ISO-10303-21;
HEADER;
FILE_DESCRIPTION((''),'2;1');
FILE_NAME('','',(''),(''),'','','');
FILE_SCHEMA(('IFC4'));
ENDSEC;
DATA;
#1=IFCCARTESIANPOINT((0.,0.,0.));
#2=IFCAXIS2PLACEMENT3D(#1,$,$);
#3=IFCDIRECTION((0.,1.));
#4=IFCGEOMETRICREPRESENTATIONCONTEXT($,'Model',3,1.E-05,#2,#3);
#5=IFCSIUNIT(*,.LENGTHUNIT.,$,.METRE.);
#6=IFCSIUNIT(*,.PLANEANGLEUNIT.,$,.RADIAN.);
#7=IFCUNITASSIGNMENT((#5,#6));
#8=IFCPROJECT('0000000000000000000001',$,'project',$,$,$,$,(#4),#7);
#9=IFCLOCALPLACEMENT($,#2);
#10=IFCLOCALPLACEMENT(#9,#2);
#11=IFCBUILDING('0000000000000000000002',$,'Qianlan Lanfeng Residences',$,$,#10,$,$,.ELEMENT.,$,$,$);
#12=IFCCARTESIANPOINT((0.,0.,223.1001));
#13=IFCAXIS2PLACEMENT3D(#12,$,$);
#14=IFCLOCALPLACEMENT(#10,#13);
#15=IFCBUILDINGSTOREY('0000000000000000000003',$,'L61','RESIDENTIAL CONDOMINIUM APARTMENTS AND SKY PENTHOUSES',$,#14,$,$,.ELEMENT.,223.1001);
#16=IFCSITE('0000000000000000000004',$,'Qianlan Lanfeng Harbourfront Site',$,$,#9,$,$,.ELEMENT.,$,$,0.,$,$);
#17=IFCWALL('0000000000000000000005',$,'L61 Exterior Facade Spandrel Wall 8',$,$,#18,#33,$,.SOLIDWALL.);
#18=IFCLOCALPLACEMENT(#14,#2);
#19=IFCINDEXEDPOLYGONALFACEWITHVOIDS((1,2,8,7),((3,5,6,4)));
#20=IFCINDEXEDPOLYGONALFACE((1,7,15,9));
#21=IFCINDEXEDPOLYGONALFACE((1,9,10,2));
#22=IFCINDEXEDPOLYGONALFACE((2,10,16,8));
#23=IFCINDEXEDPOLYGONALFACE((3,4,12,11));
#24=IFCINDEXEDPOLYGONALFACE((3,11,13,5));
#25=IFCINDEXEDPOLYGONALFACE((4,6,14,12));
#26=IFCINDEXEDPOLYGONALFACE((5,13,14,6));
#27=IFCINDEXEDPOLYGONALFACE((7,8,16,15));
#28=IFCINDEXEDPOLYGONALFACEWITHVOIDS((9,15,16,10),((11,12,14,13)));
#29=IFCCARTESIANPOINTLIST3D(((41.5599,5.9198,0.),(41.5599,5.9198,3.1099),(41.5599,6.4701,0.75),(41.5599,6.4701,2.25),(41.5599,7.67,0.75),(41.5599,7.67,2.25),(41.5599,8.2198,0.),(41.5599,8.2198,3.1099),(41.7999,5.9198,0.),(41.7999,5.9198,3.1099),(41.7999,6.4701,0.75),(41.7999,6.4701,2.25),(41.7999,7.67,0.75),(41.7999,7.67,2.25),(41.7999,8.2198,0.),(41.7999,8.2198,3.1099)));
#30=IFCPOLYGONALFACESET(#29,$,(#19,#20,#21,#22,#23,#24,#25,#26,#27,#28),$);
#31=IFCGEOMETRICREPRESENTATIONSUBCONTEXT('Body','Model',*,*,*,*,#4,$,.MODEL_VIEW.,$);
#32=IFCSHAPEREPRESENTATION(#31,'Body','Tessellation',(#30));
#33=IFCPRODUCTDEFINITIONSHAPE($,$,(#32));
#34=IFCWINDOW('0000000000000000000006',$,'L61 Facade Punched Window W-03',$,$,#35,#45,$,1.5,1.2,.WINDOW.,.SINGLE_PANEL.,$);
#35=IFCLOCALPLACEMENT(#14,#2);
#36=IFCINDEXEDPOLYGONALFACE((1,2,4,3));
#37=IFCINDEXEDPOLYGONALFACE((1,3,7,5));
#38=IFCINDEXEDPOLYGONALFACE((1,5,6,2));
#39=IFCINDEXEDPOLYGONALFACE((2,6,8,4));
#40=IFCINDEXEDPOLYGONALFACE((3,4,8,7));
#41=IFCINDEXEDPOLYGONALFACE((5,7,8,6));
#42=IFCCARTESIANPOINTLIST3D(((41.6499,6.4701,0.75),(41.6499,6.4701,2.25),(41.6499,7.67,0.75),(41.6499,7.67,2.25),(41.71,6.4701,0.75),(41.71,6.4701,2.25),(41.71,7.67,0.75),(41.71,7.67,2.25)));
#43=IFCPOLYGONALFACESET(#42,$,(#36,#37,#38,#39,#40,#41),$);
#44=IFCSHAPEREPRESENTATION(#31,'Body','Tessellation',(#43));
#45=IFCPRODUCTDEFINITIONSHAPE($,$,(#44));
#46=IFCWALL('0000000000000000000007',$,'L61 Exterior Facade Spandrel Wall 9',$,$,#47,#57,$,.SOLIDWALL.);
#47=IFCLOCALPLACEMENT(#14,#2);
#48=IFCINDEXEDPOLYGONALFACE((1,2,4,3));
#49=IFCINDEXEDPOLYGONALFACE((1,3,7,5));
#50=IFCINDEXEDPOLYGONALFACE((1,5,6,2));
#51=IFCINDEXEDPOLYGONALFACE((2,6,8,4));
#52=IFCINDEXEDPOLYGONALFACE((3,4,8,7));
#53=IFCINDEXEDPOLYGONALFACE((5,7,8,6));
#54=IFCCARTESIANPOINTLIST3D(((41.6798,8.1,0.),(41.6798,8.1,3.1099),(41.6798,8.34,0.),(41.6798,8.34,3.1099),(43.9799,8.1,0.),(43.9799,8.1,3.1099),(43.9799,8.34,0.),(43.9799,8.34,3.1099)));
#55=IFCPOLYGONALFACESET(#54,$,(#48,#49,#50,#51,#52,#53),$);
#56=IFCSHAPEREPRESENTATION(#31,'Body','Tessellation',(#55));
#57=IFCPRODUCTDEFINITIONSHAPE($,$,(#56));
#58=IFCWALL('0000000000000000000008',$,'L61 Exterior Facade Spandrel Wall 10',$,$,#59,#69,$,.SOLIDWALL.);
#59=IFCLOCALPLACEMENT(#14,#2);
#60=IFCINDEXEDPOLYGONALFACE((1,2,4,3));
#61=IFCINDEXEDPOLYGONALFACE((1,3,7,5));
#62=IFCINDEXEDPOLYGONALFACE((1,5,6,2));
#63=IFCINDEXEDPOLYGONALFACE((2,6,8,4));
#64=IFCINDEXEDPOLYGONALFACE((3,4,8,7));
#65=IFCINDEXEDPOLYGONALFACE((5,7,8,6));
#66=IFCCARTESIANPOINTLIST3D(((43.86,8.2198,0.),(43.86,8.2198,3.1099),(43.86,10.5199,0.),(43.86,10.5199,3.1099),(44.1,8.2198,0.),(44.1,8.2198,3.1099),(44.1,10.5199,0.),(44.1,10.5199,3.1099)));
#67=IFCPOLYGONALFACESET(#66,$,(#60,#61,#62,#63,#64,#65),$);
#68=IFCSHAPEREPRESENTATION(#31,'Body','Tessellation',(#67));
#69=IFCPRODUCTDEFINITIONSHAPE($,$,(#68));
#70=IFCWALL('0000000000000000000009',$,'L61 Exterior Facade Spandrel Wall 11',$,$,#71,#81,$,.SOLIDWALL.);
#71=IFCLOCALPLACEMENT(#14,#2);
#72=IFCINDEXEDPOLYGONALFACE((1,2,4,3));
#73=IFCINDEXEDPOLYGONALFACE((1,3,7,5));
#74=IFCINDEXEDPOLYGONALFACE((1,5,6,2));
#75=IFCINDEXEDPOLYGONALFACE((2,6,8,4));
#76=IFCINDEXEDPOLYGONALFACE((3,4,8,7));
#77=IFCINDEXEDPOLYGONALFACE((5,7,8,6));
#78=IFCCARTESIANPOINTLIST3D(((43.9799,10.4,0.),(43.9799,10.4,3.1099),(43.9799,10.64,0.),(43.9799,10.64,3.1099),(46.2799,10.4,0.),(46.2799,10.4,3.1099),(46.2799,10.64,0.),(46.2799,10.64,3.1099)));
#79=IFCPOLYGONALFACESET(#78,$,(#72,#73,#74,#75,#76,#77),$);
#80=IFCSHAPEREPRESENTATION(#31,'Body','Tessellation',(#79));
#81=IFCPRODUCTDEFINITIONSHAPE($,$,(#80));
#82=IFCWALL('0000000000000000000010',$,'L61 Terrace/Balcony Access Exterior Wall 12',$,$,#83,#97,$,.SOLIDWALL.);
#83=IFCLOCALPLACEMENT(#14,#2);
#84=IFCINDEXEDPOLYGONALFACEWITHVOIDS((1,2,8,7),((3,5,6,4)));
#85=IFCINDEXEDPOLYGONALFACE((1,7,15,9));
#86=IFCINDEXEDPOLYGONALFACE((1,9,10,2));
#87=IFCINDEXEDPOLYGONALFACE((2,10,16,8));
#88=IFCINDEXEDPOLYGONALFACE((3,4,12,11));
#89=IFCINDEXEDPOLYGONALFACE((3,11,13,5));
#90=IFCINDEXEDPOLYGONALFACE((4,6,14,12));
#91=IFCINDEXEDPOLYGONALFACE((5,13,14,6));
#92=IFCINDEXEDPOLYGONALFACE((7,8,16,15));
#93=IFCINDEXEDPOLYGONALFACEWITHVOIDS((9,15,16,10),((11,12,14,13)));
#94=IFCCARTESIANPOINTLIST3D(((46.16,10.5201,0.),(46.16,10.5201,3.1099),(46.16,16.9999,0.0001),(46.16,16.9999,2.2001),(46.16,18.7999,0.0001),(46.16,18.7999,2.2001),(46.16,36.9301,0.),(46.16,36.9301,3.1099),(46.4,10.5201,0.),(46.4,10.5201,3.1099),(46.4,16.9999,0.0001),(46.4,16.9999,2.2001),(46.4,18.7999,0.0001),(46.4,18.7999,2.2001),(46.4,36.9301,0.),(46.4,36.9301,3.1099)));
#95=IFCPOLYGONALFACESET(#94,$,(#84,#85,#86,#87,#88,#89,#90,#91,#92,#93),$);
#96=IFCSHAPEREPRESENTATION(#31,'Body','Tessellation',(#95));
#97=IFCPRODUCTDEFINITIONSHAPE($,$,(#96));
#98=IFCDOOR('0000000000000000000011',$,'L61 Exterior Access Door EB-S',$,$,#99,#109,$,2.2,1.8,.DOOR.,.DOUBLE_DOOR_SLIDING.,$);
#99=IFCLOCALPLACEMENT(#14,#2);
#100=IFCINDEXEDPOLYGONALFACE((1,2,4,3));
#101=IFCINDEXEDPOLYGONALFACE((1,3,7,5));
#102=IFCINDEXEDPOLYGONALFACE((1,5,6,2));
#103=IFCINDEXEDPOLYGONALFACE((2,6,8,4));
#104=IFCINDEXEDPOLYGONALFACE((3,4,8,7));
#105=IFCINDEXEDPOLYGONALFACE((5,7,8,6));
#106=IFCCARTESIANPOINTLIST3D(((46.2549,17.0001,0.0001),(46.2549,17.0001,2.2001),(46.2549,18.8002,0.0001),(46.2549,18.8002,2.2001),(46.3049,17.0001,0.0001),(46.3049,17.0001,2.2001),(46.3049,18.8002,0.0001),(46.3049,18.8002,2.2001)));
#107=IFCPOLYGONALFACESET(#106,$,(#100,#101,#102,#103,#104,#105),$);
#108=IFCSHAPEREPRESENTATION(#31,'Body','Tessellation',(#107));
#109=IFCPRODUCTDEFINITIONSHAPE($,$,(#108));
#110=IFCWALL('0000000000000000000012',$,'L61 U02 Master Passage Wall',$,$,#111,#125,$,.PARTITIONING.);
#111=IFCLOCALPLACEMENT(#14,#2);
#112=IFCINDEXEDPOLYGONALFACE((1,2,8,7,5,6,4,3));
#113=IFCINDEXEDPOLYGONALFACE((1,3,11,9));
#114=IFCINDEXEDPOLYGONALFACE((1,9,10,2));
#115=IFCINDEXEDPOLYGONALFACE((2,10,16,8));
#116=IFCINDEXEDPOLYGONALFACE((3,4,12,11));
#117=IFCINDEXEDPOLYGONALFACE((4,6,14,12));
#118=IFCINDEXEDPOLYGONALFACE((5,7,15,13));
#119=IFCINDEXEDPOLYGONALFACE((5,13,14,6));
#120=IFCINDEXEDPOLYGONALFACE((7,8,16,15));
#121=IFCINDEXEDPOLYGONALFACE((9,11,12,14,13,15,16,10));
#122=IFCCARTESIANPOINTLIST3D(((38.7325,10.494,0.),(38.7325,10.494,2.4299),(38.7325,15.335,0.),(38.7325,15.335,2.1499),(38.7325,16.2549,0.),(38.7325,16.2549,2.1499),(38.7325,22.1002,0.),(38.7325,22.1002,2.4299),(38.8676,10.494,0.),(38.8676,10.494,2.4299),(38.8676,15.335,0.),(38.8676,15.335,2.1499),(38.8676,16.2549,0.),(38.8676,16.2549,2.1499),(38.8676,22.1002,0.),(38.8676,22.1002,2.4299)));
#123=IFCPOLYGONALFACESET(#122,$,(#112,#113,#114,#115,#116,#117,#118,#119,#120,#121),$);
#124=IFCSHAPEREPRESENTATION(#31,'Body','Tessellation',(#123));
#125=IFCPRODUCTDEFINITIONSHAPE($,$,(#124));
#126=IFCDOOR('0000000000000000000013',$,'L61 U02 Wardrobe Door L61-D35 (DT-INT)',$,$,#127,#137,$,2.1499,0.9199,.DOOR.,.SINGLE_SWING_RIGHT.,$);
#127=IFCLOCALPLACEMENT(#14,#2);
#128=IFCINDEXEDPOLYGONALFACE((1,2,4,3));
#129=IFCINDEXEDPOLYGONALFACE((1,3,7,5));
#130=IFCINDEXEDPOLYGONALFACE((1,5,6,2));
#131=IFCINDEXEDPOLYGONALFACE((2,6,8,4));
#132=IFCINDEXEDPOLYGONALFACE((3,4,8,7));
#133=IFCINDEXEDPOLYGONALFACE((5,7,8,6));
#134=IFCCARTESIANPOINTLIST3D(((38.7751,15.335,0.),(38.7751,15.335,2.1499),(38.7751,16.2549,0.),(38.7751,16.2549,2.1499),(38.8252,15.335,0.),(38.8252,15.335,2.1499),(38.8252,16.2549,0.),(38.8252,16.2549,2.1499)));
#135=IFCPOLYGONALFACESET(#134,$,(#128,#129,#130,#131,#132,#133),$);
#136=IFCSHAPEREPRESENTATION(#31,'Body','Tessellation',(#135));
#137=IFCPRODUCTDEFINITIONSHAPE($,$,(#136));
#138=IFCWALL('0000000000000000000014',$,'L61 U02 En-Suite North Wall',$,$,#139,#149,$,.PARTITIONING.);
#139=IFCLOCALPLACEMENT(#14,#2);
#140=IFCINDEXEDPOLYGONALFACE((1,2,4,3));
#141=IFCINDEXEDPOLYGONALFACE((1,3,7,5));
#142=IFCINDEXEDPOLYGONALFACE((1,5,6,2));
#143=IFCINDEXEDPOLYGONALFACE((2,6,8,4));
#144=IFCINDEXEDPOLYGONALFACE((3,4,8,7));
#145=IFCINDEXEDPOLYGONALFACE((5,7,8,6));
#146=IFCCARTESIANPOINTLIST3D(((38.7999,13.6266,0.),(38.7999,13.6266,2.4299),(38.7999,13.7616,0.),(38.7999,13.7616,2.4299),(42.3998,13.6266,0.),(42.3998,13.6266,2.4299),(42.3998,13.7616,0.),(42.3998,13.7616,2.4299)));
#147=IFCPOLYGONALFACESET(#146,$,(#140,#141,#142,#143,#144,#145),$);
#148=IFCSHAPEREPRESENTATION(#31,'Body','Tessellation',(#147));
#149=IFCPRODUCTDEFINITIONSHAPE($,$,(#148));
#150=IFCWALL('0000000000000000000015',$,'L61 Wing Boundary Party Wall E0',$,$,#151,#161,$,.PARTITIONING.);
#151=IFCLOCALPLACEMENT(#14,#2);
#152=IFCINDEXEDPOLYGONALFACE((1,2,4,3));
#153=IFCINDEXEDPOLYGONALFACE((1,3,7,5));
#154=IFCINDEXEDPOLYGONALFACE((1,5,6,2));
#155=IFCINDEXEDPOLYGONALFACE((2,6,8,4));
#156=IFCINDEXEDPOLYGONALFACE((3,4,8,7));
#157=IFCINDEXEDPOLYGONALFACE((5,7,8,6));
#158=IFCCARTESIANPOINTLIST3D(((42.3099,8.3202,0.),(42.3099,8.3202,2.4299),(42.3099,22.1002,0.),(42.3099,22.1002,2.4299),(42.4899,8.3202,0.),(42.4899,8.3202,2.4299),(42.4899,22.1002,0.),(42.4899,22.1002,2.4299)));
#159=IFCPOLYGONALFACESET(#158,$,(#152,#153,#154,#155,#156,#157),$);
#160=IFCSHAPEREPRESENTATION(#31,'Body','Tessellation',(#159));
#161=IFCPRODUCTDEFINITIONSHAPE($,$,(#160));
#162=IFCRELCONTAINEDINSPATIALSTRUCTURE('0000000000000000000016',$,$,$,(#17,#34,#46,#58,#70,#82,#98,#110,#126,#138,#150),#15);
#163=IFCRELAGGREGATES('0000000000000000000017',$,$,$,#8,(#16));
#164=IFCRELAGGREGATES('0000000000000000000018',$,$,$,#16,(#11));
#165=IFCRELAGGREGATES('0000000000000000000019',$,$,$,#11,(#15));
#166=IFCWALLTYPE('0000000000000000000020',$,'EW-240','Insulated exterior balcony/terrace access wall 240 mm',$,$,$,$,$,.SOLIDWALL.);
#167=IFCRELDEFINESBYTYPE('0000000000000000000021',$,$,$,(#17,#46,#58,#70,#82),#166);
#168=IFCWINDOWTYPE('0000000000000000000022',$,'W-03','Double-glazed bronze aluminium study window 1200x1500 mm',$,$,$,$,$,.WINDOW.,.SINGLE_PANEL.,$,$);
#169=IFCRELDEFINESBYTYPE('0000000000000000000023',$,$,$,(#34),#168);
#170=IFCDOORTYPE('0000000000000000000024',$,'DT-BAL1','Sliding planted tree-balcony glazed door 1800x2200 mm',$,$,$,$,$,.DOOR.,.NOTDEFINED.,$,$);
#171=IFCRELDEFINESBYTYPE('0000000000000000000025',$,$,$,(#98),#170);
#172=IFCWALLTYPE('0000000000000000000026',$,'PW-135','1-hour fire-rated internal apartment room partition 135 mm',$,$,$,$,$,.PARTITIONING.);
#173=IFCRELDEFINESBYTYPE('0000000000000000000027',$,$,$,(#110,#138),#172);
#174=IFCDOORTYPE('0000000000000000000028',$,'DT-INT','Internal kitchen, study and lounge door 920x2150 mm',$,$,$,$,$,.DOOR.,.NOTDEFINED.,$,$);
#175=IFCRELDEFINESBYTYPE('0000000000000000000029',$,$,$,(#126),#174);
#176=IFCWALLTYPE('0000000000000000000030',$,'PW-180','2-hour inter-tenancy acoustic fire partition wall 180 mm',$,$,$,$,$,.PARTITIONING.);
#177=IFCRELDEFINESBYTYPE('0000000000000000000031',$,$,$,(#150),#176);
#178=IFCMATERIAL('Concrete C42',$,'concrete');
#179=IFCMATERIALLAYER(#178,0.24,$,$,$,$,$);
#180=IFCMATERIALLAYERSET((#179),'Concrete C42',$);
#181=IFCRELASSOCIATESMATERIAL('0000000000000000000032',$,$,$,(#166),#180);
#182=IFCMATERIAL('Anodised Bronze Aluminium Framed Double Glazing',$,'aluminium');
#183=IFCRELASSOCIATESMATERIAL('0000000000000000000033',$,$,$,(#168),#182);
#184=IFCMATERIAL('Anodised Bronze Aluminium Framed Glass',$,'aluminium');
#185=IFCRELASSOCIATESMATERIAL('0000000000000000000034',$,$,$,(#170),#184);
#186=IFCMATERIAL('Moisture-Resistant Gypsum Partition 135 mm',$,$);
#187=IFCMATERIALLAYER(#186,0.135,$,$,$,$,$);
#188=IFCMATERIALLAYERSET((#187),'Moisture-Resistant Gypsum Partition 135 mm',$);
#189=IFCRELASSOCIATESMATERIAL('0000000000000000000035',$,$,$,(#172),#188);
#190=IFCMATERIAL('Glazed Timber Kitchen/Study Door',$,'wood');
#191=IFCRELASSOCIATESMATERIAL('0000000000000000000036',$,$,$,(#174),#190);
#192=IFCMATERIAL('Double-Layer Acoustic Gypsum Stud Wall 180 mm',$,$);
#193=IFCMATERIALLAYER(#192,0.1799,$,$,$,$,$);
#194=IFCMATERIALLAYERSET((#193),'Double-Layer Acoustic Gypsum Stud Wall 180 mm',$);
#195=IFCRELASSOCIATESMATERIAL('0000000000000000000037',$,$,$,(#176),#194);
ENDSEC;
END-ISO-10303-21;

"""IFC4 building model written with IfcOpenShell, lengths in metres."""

from ifc_helpers import new_model, si_unit, direction, frame, frame_2d, origin, place, context, subcontext, project, spatial, rectangle, extrude, material, layer, layer_set, type_object, element, fill, save


model = new_model("IFC4")

# Units and contexts
model_context = context("Model", 3, precision=1e-05, world=origin(), true_north=direction((0.0, 1.0)))
body_context = subcontext(model_context, "Body", "Model", "MODEL_VIEW")
ifc_project = project(units=[si_unit("LENGTHUNIT", "METRE"), si_unit("PLANEANGLEUNIT", "RADIAN")], contexts=[model_context])

# Site, building, storey
site_placement = place(None, origin())
site = spatial("IfcSite", under=ifc_project, at=site_placement, Name="Qianlan Lanfeng Harbourfront Site", CompositionType="ELEMENT", RefElevation=0.0)
building_placement = place(site_placement, origin())
building = spatial("IfcBuilding", under=site, at=building_placement, Name="Qianlan Lanfeng Residences", CompositionType="ELEMENT")
storey_placement = place(building_placement, frame((0.0, 0.0, 223.1001)))
storey = spatial("IfcBuildingStorey", under=building, at=storey_placement, Name="L61", Description="RESIDENTIAL CONDOMINIUM APARTMENTS AND SKY PENTHOUSES", CompositionType="ELEMENT", Elevation=223.1001)

# Wall, opening, window
ifc_material_1 = material(Name="Concrete C42", Category="concrete")
ifc_layer_1 = layer(ifc_material_1, 0.24)
ifc_layer_set_1 = layer_set([ifc_layer_1], Name="Concrete C42")
wall_type_1 = type_object("IfcWallType", Name="EW-240", Description="Insulated exterior balcony/terrace access wall 240 mm", PredefinedType="SOLIDWALL", material=ifc_layer_set_1)
wall_1_placement = place(storey_placement, frame((41.6799, 5.9199, 0.0), z_axis=(0.0, 0.0, 1.0), x_axis=(0.0, 1.0, 0.0)))
wall_1 = element("IfcWall", 1, at=wall_1_placement, inside=storey, type_object=wall_type_1, Name="L61 Exterior Facade Spandrel Wall 8", PredefinedType="SOLIDWALL", context=body_context, shape_type="SweptSolid", body=[
    extrude(rectangle(XDim=2.3, YDim=0.24, at=frame_2d((1.1499, 0.0))), origin(), (0.0, 0.0, 1.0), 3.1099),
])
opening_1_placement = place(wall_1_placement, frame((0.55, 0.0, 0.75)))
opening_1 = element("IfcOpeningElement", 2, at=opening_1_placement, cuts=wall_1, PredefinedType="OPENING", context=body_context, shape_type="SweptSolid", body=[
    extrude(rectangle(XDim=1.2, YDim=1.5, at=frame_2d((0.6001, 0.75))), frame((0.0, 0.1299, 0.0), z_axis=(0.0, -1.0, 0.0), x_axis=(1.0, 0.0, 0.0)), (0.0, 0.0, 1.0), 0.26),
])
ifc_material_2 = material(Name="Anodised Bronze Aluminium Framed Double Glazing", Category="aluminium")
window_type = type_object("IfcWindowType", Name="W-03", Description="Double-glazed bronze aluminium study window 1200x1500 mm", PartitioningType="SINGLE_PANEL", PredefinedType="WINDOW", material=ifc_material_2)
window_placement = place(opening_1_placement, origin())
window = element("IfcWindow", 3, at=window_placement, inside=storey, type_object=window_type, Name="L61 Facade Punched Window W-03", OverallHeight=1.5, OverallWidth=1.2, PartitioningType="SINGLE_PANEL", PredefinedType="WINDOW", context=body_context, shape_type="SweptSolid", body=[
    extrude(rectangle(XDim=1.2, YDim=1.5, at=frame_2d((0.6001, 0.75))), frame((0.0, 0.03, 0.0), z_axis=(0.0, -1.0, 0.0), x_axis=(1.0, 0.0, 0.0)), (0.0, 0.0, 1.0), 0.0601),
])
fill(opening_1, window)

# Walls
for number, where, z_axis, x_axis, name in (
    (4, (41.6799, 8.22, 0.0), (0.0, 0.0, 1.0), (1.0, 0.0, 0.0), "L61 Exterior Facade Spandrel Wall 9"),
    (5, (43.98, 8.22, 0.0), (0.0, 0.0, 1.0), (0.0, 1.0, 0.0), "L61 Exterior Facade Spandrel Wall 10"),
    (6, (43.98, 10.52, 0.0), (0.0, 0.0, 1.0), (1.0, 0.0, 0.0), "L61 Exterior Facade Spandrel Wall 11"),
):
    element("IfcWall", number, at=place(storey_placement, frame(where, z_axis=z_axis, x_axis=x_axis)), inside=storey, type_object=wall_type_1, Name=name, PredefinedType="SOLIDWALL", context=body_context, shape_type="SweptSolid", body=[
        extrude(rectangle(XDim=2.3, YDim=0.24, at=frame_2d((1.1499, 0.0))), origin(), (0.0, 0.0, 1.0), 3.1099),
    ])

# Walls, openings, doors
wall_2_placement = place(storey_placement, frame((46.28, 10.52, 0.0), z_axis=(0.0, 0.0, 1.0), x_axis=(0.0, 1.0, 0.0)))
wall_2 = element("IfcWall", 7, at=wall_2_placement, inside=storey, type_object=wall_type_1, Name="L61 Terrace/Balcony Access Exterior Wall 12", PredefinedType="SOLIDWALL", context=body_context, shape_type="SweptSolid", body=[
    extrude(rectangle(XDim=26.4099, YDim=0.24, at=frame_2d((13.2051, 0.0))), origin(), (0.0, 0.0, 1.0), 3.1099),
])
opening_2_placement = place(wall_2_placement, frame((6.48, 0.0, 0.0)))
opening_2 = element("IfcOpeningElement", 8, at=opening_2_placement, cuts=wall_2, PredefinedType="OPENING", context=body_context, shape_type="SweptSolid", body=[
    extrude(rectangle(XDim=1.8, YDim=2.2, at=frame_2d((0.8999, 1.1001))), frame((0.0, 0.1299, 0.0), z_axis=(0.0, -1.0, 0.0), x_axis=(1.0, 0.0, 0.0)), (0.0, 0.0, 1.0), 0.26),
])
ifc_material_3 = material(Name="Anodised Bronze Aluminium Framed Glass", Category="aluminium")
door_type_1 = type_object("IfcDoorType", Name="DT-BAL1", Description="Sliding planted tree-balcony glazed door 1800x2200 mm", OperationType="NOTDEFINED", PredefinedType="DOOR", material=ifc_material_3)
door_1_placement = place(opening_2_placement, frame((1.8, 0.0, 0.0), z_axis=(0.0, 0.0, 1.0), x_axis=(-1.0, 0.0, 0.0)))
door_1 = element("IfcDoor", 9, at=door_1_placement, inside=storey, type_object=door_type_1, Name="L61 Exterior Access Door EB-S", OperationType="DOUBLE_DOOR_SLIDING", OverallHeight=2.2, OverallWidth=1.8, PredefinedType="DOOR", context=body_context, shape_type="SweptSolid", body=[
    extrude(rectangle(XDim=1.8, YDim=2.2, at=frame_2d((0.8999, 1.1001))), frame((0.0, 0.0249, 0.0), z_axis=(0.0, -1.0, 0.0), x_axis=(1.0, 0.0, 0.0)), (0.0, 0.0, 1.0), 0.05),
])
fill(opening_2, door_1)
ifc_material_4 = material(Name="Moisture-Resistant Gypsum Partition 135 mm")
ifc_layer_2 = layer(ifc_material_4, 0.135)
ifc_layer_set_2 = layer_set([ifc_layer_2], Name="Moisture-Resistant Gypsum Partition 135 mm")
wall_type_2 = type_object("IfcWallType", Name="PW-135", Description="1-hour fire-rated internal apartment room partition 135 mm", PredefinedType="PARTITIONING", material=ifc_layer_set_2)
wall_3_placement = place(storey_placement, frame((38.8, 10.4939, 0.0), z_axis=(0.0, 0.0, 1.0), x_axis=(0.0, 1.0, 0.0)))
wall_3 = element("IfcWall", 10, at=wall_3_placement, inside=storey, type_object=wall_type_2, Name="L61 U02 Master Passage Wall", PredefinedType="PARTITIONING", context=body_context, shape_type="SweptSolid", body=[
    extrude(rectangle(XDim=11.6062, YDim=0.135, at=frame_2d((5.8032, 0.0))), origin(), (0.0, 0.0, 1.0), 2.4299),
])
opening_3_placement = place(wall_3_placement, frame((4.8411, 0.0, 0.0)))
opening_3 = element("IfcOpeningElement", 11, at=opening_3_placement, cuts=wall_3, PredefinedType="OPENING", context=body_context, shape_type="SweptSolid", body=[
    extrude(rectangle(XDim=0.9199, YDim=2.1499, at=frame_2d((0.46, 1.075))), frame((0.0, 0.0776, 0.0), z_axis=(0.0, -1.0, 0.0), x_axis=(1.0, 0.0, 0.0)), (0.0, 0.0, 1.0), 0.155),
])
ifc_material_5 = material(Name="Glazed Timber Kitchen/Study Door", Category="wood")
door_type_2 = type_object("IfcDoorType", Name="DT-INT", Description="Internal kitchen, study and lounge door 920x2150 mm", OperationType="NOTDEFINED", PredefinedType="DOOR", material=ifc_material_5)
door_2_placement = place(opening_3_placement, origin())
door_2 = element("IfcDoor", 12, at=door_2_placement, inside=storey, type_object=door_type_2, Name="L61 U02 Wardrobe Door L61-D35 (DT-INT)", OperationType="SINGLE_SWING_RIGHT", OverallHeight=2.1499, OverallWidth=0.9199, PredefinedType="DOOR", context=body_context, shape_type="SweptSolid", body=[
    extrude(rectangle(XDim=0.9199, YDim=2.1499, at=frame_2d((0.46, 1.075))), frame((0.0, 0.0249, 0.0), z_axis=(0.0, -1.0, 0.0), x_axis=(1.0, 0.0, 0.0)), (0.0, 0.0, 1.0), 0.05),
])
fill(opening_3, door_2)

# Walls
wall_4_placement = place(storey_placement, frame((38.8, 13.6941, 0.0), z_axis=(0.0, 0.0, 1.0), x_axis=(1.0, 0.0, 0.0)))
element("IfcWall", 13, at=wall_4_placement, inside=storey, type_object=wall_type_2, Name="L61 U02 En-Suite North Wall", PredefinedType="PARTITIONING", context=body_context, shape_type="SweptSolid", body=[
    extrude(rectangle(XDim=3.5999, YDim=0.135, at=frame_2d((1.7998, 0.0))), origin(), (0.0, 0.0, 1.0), 2.4299),
])
ifc_material_6 = material(Name="Double-Layer Acoustic Gypsum Stud Wall 180 mm")
ifc_layer_3 = layer(ifc_material_6, 0.1799)
ifc_layer_set_3 = layer_set([ifc_layer_3], Name="Double-Layer Acoustic Gypsum Stud Wall 180 mm")
wall_type_3 = type_object("IfcWallType", Name="PW-180", Description="2-hour inter-tenancy acoustic fire partition wall 180 mm", PredefinedType="PARTITIONING", material=ifc_layer_set_3)
wall_5_placement = place(storey_placement, frame((42.3999, 8.3201, 0.0), z_axis=(0.0, 0.0, 1.0), x_axis=(0.0, 1.0, 0.0)))
element("IfcWall", 14, at=wall_5_placement, inside=storey, type_object=wall_type_3, Name="L61 Wing Boundary Party Wall E0", PredefinedType="PARTITIONING", context=body_context, shape_type="SweptSolid", body=[
    extrude(rectangle(XDim=13.78, YDim=0.1799, at=frame_2d((6.8901, 0.0))), origin(), (0.0, 0.0, 1.0), 2.4299),
])

save(model, "model.ifc")
